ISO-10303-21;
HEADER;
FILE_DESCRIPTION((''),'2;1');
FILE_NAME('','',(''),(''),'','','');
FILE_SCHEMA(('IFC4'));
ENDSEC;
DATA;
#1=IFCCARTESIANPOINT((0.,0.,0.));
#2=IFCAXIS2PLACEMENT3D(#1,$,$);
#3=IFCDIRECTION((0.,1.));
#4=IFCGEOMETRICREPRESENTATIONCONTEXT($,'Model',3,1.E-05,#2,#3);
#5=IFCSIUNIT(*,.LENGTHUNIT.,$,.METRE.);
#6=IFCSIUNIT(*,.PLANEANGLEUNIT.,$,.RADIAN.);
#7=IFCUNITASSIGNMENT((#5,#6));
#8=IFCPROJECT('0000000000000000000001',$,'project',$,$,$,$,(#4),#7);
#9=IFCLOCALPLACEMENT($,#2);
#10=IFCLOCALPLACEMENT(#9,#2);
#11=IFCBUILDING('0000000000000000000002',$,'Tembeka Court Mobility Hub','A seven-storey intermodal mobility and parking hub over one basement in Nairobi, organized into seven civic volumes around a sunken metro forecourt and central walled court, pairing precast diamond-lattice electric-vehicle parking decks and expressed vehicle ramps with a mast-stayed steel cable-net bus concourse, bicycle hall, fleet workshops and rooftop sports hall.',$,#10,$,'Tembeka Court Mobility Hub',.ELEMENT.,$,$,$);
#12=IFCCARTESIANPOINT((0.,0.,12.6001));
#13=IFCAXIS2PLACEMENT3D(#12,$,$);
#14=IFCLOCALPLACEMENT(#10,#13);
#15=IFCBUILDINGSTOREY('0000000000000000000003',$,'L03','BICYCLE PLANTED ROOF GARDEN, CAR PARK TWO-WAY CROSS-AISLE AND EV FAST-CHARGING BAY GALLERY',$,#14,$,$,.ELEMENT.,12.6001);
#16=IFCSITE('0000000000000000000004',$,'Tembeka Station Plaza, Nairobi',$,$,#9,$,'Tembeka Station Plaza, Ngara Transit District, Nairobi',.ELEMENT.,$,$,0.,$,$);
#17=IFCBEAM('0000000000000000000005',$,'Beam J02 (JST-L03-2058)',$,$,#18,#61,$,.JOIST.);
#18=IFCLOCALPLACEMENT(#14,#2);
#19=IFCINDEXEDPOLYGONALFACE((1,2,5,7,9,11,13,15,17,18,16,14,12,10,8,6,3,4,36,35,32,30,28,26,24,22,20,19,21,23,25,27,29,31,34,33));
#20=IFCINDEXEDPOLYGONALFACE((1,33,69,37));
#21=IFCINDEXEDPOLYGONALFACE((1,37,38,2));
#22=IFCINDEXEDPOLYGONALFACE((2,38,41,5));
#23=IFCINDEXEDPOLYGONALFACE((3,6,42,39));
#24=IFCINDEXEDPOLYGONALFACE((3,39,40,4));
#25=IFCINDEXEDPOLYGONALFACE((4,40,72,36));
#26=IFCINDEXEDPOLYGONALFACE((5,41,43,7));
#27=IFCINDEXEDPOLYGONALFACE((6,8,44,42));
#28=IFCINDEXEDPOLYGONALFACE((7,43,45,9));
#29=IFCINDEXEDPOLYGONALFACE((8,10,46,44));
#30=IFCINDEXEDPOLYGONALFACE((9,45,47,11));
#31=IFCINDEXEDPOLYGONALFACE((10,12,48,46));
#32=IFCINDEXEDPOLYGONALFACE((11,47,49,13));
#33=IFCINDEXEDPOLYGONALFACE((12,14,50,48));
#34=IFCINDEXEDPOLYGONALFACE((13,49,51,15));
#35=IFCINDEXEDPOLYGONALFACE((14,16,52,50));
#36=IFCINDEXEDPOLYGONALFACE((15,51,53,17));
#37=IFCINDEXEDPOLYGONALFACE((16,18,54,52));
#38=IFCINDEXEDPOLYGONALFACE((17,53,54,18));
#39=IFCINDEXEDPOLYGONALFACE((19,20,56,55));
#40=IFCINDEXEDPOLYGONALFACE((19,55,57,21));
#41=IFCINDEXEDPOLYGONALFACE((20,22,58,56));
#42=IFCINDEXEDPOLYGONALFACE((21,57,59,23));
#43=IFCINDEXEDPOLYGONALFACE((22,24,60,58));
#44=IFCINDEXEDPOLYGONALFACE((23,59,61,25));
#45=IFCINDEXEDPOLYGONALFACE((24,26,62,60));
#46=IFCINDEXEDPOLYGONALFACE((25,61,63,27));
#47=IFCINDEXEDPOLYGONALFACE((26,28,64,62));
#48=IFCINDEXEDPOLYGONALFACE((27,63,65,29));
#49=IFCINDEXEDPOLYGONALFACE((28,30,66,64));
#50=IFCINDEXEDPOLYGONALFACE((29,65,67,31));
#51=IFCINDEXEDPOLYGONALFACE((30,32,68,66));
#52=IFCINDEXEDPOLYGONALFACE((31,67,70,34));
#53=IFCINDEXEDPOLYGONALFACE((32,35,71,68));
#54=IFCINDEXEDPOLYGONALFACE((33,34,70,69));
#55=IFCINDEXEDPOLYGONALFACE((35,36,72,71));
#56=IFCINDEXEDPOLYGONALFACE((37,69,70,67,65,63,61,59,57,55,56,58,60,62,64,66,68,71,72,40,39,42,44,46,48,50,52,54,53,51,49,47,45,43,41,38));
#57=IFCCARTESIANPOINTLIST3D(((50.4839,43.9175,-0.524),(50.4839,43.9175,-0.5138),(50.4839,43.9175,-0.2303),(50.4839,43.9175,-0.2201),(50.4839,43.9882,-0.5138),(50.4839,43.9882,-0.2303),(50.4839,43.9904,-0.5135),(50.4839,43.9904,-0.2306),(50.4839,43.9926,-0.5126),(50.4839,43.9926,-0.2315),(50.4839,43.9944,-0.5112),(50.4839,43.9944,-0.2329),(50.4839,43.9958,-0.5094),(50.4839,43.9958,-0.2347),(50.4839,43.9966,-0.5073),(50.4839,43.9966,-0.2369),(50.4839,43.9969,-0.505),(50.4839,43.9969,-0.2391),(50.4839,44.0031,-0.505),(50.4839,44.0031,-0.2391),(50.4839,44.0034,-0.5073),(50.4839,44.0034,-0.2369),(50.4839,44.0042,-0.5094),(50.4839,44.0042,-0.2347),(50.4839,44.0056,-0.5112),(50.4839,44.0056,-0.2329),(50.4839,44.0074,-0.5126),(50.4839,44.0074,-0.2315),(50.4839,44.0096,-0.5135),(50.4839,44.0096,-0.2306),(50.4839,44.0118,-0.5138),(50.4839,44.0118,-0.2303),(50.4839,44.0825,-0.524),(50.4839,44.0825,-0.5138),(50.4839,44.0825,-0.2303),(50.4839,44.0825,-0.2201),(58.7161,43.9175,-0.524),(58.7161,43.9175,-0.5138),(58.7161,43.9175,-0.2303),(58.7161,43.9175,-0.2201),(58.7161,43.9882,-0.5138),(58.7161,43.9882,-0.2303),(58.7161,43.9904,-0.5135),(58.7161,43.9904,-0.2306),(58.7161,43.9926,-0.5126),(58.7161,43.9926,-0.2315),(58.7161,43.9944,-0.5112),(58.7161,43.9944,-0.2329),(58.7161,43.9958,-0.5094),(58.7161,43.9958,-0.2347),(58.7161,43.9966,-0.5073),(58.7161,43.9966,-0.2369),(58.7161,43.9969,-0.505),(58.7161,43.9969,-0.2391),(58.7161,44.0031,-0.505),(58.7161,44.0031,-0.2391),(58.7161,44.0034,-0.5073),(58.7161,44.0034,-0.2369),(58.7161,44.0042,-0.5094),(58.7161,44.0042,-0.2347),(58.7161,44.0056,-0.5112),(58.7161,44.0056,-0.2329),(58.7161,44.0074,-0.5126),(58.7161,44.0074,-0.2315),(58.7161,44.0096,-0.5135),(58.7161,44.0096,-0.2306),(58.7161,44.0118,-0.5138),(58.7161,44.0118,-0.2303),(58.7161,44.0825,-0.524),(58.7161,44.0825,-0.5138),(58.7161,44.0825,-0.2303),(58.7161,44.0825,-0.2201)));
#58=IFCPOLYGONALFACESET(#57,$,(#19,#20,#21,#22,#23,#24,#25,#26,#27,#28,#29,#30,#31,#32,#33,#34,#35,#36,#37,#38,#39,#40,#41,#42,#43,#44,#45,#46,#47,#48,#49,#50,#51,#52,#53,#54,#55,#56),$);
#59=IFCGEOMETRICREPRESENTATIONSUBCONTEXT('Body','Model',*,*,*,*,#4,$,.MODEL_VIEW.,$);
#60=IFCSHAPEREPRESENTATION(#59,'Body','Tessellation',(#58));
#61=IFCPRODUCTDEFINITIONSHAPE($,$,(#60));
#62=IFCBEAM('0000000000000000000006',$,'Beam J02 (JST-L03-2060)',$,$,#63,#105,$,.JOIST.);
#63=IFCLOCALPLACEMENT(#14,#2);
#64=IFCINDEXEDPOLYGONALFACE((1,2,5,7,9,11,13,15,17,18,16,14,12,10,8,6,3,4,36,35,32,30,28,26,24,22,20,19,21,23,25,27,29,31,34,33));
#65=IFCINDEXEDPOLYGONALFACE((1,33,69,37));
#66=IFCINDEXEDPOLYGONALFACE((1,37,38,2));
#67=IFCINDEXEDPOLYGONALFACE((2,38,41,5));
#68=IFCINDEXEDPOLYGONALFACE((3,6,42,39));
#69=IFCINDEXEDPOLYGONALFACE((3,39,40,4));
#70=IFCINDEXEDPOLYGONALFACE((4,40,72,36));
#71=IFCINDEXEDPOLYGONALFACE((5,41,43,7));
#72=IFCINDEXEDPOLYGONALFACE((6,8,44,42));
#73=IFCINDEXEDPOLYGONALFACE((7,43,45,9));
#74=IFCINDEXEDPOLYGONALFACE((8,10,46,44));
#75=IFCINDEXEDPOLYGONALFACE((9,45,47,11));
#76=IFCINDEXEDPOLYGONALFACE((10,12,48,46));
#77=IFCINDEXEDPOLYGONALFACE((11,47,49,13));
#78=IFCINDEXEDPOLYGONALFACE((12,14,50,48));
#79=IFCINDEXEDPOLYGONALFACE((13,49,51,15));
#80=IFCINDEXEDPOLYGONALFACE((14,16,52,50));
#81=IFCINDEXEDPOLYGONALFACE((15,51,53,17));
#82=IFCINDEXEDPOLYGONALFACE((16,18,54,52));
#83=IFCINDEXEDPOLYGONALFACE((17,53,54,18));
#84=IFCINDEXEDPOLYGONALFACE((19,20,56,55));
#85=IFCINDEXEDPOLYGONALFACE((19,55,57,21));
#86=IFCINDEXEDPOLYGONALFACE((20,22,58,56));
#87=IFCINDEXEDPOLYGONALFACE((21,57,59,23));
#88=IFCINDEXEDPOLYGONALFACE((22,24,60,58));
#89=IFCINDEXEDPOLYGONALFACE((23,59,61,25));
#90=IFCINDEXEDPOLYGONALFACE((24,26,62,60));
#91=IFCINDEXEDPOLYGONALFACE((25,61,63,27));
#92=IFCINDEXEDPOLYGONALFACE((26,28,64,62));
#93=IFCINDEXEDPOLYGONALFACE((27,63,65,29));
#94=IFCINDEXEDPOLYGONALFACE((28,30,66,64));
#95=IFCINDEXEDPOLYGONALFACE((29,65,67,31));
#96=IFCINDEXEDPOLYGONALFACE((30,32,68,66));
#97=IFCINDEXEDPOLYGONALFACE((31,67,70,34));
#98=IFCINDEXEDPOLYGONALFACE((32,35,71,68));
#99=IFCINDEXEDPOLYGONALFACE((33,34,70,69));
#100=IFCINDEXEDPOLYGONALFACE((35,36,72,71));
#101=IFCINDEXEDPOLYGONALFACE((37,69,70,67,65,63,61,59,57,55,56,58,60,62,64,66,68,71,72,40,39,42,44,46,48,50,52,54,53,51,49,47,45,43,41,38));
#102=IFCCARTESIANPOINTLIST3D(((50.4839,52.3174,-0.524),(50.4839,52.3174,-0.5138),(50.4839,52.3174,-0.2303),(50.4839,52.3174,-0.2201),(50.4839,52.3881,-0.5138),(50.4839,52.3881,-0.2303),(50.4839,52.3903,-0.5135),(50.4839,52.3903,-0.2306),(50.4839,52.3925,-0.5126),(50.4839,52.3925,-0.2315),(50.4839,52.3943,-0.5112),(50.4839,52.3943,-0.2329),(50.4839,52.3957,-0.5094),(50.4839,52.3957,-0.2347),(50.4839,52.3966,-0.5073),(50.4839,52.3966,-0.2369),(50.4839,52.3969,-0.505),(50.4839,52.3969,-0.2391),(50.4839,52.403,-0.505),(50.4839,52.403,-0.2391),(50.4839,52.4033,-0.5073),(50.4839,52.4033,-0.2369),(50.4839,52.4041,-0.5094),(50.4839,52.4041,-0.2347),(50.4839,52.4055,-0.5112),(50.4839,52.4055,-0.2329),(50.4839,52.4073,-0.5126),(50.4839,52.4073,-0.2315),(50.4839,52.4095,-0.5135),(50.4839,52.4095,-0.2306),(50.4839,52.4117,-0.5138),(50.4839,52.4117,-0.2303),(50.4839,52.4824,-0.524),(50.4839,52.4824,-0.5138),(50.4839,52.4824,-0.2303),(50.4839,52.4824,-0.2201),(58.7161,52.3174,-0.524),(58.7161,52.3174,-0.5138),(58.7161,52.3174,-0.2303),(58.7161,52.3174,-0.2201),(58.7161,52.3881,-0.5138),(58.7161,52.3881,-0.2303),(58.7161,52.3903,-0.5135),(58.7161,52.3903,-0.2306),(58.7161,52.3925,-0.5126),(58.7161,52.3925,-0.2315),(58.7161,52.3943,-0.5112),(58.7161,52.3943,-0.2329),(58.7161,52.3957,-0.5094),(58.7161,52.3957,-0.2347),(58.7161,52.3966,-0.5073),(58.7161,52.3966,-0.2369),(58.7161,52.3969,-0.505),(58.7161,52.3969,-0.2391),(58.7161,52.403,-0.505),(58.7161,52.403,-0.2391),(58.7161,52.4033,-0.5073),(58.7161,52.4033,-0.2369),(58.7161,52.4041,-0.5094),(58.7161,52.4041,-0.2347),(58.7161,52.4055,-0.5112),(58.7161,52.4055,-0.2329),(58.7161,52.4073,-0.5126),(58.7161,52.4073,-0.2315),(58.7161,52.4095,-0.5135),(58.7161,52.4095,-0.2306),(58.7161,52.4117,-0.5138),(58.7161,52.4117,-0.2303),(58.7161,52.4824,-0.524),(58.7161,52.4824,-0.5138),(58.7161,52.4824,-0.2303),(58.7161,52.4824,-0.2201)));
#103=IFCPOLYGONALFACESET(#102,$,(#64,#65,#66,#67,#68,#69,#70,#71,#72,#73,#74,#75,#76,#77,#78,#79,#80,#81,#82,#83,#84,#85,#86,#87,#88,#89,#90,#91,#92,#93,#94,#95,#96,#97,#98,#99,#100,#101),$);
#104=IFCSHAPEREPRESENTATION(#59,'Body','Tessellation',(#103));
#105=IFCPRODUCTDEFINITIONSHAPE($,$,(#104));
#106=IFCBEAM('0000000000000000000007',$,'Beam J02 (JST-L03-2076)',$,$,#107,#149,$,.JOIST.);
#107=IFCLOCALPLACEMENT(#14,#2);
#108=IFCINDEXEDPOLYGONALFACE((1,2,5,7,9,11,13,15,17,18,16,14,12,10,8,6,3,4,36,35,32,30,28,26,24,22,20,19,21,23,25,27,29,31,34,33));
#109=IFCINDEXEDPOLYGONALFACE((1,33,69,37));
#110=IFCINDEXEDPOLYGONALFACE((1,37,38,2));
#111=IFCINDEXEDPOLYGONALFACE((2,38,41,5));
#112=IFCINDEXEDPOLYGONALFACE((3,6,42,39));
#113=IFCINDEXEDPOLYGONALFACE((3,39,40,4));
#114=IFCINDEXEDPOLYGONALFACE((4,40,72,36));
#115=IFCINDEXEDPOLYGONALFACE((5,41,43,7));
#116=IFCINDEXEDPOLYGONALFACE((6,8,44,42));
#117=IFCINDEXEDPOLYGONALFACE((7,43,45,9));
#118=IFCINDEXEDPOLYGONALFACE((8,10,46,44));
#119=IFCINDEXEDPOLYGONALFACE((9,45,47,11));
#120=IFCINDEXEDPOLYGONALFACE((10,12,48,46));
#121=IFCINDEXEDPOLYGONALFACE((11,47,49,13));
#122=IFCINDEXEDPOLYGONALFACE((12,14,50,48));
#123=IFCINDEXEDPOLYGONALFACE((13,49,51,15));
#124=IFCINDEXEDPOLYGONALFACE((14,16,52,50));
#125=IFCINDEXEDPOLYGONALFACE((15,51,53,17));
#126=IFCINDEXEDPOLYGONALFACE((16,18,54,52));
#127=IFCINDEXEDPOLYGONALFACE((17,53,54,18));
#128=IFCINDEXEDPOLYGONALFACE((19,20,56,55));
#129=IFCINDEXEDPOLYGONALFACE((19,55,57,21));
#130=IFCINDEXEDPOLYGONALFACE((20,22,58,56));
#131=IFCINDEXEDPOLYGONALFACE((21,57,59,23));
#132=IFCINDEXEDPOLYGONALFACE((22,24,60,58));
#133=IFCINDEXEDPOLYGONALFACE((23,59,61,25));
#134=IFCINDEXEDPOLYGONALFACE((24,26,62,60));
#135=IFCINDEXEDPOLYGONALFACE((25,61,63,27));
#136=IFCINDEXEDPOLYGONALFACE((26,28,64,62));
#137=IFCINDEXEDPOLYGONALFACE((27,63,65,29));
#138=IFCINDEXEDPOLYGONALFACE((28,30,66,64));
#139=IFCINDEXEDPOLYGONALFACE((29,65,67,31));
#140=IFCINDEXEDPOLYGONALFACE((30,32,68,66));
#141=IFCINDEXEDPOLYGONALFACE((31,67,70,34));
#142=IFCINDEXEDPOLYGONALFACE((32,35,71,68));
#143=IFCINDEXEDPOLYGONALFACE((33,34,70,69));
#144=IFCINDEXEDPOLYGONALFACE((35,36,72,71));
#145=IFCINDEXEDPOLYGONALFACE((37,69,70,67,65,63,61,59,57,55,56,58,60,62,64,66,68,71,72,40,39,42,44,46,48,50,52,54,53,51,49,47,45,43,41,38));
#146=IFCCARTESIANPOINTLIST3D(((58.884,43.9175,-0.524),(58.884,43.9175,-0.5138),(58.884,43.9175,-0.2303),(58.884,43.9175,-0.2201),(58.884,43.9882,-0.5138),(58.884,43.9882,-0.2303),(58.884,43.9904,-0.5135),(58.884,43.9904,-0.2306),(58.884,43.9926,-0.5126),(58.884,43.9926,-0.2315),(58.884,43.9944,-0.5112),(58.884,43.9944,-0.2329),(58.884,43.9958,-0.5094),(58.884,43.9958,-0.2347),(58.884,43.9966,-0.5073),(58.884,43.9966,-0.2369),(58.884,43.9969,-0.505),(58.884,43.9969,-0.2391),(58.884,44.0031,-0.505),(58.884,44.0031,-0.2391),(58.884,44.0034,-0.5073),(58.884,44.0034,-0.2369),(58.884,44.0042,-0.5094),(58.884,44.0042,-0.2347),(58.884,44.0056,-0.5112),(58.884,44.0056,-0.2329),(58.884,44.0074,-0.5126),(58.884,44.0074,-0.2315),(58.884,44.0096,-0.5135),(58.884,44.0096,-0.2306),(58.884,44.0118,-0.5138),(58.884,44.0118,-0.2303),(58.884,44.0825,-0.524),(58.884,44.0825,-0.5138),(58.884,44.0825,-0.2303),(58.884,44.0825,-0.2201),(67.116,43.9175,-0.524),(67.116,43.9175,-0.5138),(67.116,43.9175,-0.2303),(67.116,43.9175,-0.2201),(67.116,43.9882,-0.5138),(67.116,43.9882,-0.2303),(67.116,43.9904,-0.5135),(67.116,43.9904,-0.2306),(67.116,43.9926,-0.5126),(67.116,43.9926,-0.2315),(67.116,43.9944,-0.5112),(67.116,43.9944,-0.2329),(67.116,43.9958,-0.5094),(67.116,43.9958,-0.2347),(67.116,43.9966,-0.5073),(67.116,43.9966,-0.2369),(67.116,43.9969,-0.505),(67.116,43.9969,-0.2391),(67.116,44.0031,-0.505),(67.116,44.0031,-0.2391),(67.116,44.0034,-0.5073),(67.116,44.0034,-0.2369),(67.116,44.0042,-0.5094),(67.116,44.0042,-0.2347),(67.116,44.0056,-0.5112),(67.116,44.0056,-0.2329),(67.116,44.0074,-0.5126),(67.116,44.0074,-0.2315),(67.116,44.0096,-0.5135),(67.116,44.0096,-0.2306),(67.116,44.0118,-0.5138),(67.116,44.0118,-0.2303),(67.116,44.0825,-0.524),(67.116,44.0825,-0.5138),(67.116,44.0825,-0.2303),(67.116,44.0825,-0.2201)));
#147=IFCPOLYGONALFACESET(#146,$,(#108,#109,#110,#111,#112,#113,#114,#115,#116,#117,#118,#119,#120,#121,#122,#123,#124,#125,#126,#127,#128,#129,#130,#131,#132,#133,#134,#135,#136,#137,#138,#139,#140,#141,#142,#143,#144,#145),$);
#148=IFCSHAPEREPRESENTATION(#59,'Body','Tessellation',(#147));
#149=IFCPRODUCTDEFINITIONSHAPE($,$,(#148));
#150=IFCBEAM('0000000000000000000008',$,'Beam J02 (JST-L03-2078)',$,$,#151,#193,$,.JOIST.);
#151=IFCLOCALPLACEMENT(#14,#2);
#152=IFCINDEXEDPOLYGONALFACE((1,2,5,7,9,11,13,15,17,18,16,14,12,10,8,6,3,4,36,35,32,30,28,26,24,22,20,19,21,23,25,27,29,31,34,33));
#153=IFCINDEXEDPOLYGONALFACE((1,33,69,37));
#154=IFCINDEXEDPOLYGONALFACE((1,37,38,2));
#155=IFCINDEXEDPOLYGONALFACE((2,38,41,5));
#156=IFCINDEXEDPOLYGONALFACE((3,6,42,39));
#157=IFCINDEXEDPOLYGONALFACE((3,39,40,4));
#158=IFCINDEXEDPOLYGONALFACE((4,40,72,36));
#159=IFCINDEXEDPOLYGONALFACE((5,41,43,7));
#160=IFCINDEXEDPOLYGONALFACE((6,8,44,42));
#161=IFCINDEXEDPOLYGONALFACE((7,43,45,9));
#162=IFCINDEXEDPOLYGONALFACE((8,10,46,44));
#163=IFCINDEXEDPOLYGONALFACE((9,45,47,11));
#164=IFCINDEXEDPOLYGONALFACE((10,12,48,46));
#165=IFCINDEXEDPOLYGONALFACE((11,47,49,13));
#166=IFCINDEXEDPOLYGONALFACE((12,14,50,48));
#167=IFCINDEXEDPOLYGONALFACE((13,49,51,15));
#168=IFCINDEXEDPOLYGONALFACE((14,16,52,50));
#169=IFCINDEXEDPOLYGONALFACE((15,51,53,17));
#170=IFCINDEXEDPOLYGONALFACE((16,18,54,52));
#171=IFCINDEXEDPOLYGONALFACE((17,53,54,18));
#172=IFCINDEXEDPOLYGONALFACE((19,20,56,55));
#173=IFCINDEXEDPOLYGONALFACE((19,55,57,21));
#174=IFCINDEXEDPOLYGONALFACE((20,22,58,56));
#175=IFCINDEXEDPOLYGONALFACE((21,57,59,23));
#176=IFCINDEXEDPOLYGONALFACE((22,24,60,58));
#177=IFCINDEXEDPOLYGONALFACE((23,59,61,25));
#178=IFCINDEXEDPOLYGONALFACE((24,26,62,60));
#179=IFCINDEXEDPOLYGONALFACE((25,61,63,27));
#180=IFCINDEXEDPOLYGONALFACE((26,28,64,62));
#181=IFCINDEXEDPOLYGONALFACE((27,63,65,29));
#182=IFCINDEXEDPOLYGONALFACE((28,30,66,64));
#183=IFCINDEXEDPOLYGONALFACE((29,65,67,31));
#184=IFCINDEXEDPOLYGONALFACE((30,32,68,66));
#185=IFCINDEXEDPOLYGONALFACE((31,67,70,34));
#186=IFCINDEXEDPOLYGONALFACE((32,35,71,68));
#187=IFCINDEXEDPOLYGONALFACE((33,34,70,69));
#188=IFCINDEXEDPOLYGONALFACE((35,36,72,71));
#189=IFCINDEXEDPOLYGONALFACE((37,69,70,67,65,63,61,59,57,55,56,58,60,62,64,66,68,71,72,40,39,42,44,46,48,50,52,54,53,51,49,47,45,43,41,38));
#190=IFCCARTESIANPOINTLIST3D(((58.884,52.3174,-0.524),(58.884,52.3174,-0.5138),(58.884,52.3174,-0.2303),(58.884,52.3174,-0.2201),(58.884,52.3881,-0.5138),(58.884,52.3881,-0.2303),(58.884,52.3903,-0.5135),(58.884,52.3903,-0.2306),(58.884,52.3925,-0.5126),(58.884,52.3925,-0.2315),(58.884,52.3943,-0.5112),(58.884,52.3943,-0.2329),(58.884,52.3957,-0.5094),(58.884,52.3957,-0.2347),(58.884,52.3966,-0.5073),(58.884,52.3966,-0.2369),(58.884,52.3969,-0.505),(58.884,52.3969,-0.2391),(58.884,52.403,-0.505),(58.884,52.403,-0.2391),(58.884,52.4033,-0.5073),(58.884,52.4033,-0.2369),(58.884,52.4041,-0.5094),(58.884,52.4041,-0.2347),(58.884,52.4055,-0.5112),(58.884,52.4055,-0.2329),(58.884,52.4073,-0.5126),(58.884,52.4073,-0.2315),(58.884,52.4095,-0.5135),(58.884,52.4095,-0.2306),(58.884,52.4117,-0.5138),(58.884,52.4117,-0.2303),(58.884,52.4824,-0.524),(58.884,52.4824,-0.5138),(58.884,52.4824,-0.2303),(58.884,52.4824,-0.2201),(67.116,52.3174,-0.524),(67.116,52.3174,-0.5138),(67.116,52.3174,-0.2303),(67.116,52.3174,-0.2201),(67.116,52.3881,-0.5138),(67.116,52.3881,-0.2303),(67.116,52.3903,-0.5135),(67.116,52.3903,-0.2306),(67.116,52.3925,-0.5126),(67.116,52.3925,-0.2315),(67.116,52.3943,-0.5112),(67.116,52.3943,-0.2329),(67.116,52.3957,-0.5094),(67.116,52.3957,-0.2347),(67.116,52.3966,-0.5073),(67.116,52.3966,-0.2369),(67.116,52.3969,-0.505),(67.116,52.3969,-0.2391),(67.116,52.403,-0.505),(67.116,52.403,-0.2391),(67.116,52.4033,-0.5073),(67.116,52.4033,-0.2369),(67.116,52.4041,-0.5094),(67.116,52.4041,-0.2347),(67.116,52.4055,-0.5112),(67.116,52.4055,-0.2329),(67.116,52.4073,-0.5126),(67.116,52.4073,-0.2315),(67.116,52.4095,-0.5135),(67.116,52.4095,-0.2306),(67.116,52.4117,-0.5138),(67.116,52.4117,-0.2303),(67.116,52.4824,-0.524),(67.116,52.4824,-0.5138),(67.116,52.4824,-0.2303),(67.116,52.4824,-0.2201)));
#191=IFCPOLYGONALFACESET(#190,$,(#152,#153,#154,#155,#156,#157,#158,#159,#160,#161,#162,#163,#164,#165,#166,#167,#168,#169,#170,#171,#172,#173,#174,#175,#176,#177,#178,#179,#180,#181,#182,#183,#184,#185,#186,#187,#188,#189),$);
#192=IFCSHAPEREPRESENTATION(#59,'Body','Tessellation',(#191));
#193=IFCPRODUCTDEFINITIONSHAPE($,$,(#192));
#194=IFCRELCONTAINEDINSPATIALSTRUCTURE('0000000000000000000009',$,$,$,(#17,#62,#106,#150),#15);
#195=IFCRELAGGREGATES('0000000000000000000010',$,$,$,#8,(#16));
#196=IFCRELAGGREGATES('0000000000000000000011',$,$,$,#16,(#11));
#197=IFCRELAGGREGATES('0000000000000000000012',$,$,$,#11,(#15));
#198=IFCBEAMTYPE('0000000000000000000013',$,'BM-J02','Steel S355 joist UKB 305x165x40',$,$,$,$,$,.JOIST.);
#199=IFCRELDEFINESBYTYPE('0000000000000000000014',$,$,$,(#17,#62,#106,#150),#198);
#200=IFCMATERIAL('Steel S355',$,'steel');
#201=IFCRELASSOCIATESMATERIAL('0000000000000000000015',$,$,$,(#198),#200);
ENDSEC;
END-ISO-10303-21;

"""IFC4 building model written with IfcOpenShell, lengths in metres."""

from ifc_helpers import new_model, si_unit, direction, frame, origin, origin_2d, place, context, subcontext, project, spatial, i_section, extrude, material, material_profile, profile_set, type_object, element, save


model = new_model("IFC4")

# Units and contexts
model_context = context("Model", 3, precision=1e-05, world=origin(), true_north=direction((0.0, 1.0)))
body_context = subcontext(model_context, "Body", "Model", "MODEL_VIEW")
ifc_project = project(units=[si_unit("LENGTHUNIT", "METRE"), si_unit("PLANEANGLEUNIT", "RADIAN")], contexts=[model_context])

# Site, building, storey
site_placement = place(None, origin())
site = spatial("IfcSite", under=ifc_project, at=site_placement, Name="Tembeka Station Plaza, Nairobi", LongName="Tembeka Station Plaza, Ngara Transit District, Nairobi", CompositionType="ELEMENT", RefElevation=0.0)
building_placement = place(site_placement, origin())
building = spatial("IfcBuilding", under=site, at=building_placement, Name="Tembeka Court Mobility Hub", Description="A seven-storey intermodal mobility and parking hub over one basement in Nairobi, organized into seven civic volumes around a sunken metro forecourt and central walled court, pairing precast diamond-lattice electric-vehicle parking decks and expressed vehicle ramps with a mast-stayed steel cable-net bus concourse, bicycle hall, fleet workshops and rooftop sports hall.", LongName="Tembeka Court Mobility Hub", CompositionType="ELEMENT")
storey_placement = place(building_placement, frame((0.0, 0.0, 12.6001)))
storey = spatial("IfcBuildingStorey", under=building, at=storey_placement, Name="L03", Description="BICYCLE PLANTED ROOF GARDEN, CAR PARK TWO-WAY CROSS-AISLE AND EV FAST-CHARGING BAY GALLERY", CompositionType="ELEMENT", Elevation=12.6001)

# Shared definitions
ifc_material_1 = material(Name="Steel S355", Category="steel")

# Beams
ifc_material_profile_1 = material_profile(ifc_material_1, i_section(OverallWidth=0.165, OverallDepth=0.304, WebThickness=0.0061, FlangeThickness=0.0103, FilletRadius=0.0088, at=origin_2d()), Name="UKB 305x165x40")
ifc_profile_set_1 = profile_set([ifc_material_profile_1], Name="Steel S355")
beam_type_1 = type_object("IfcBeamType", Name="BM-J02", Description="Steel S355 joist UKB 305x165x40", PredefinedType="JOIST", material=ifc_profile_set_1)
for number, where, z_axis, x_axis, name in (
    (1, (50.4839, 44.0, -0.3721), (1.0, 0.0, 0.0), (0.0, 1.0, 0.0), "Beam J02 (JST-L03-2058)"),
    (2, (50.4839, 52.3999, -0.3721), (1.0, 0.0, 0.0), (0.0, 1.0, 0.0), "Beam J02 (JST-L03-2060)"),
):
    element("IfcBeam", number, at=place(storey_placement, frame(where, z_axis=z_axis, x_axis=x_axis)), inside=storey, type_object=beam_type_1, Name=name, PredefinedType="JOIST", context=body_context, shape_type="SweptSolid", body=[
        extrude(i_section(OverallWidth=0.165, OverallDepth=0.304, WebThickness=0.0061, FlangeThickness=0.0103, FilletRadius=0.0088, at=origin_2d()), origin(), (0.0, 0.0, 1.0), 8.2322),
    ])
for number, where, z_axis, x_axis, name in (
    (3, (58.884, 44.0, -0.3721), (1.0, 0.0, 0.0), (0.0, 1.0, 0.0), "Beam J02 (JST-L03-2076)"),
    (4, (58.884, 52.3999, -0.3721), (1.0, 0.0, 0.0), (0.0, 1.0, 0.0), "Beam J02 (JST-L03-2078)"),
):
    element("IfcBeam", number, at=place(storey_placement, frame(where, z_axis=z_axis, x_axis=x_axis)), inside=storey, type_object=beam_type_1, Name=name, PredefinedType="JOIST", context=body_context, shape_type="SweptSolid", body=[
        extrude(i_section(OverallWidth=0.165, OverallDepth=0.304, WebThickness=0.0061, FlangeThickness=0.0103, FilletRadius=0.0088, at=origin_2d()), origin(), (0.0, 0.0, 1.0), 8.2319),
    ])

save(model, "model.ifc")
